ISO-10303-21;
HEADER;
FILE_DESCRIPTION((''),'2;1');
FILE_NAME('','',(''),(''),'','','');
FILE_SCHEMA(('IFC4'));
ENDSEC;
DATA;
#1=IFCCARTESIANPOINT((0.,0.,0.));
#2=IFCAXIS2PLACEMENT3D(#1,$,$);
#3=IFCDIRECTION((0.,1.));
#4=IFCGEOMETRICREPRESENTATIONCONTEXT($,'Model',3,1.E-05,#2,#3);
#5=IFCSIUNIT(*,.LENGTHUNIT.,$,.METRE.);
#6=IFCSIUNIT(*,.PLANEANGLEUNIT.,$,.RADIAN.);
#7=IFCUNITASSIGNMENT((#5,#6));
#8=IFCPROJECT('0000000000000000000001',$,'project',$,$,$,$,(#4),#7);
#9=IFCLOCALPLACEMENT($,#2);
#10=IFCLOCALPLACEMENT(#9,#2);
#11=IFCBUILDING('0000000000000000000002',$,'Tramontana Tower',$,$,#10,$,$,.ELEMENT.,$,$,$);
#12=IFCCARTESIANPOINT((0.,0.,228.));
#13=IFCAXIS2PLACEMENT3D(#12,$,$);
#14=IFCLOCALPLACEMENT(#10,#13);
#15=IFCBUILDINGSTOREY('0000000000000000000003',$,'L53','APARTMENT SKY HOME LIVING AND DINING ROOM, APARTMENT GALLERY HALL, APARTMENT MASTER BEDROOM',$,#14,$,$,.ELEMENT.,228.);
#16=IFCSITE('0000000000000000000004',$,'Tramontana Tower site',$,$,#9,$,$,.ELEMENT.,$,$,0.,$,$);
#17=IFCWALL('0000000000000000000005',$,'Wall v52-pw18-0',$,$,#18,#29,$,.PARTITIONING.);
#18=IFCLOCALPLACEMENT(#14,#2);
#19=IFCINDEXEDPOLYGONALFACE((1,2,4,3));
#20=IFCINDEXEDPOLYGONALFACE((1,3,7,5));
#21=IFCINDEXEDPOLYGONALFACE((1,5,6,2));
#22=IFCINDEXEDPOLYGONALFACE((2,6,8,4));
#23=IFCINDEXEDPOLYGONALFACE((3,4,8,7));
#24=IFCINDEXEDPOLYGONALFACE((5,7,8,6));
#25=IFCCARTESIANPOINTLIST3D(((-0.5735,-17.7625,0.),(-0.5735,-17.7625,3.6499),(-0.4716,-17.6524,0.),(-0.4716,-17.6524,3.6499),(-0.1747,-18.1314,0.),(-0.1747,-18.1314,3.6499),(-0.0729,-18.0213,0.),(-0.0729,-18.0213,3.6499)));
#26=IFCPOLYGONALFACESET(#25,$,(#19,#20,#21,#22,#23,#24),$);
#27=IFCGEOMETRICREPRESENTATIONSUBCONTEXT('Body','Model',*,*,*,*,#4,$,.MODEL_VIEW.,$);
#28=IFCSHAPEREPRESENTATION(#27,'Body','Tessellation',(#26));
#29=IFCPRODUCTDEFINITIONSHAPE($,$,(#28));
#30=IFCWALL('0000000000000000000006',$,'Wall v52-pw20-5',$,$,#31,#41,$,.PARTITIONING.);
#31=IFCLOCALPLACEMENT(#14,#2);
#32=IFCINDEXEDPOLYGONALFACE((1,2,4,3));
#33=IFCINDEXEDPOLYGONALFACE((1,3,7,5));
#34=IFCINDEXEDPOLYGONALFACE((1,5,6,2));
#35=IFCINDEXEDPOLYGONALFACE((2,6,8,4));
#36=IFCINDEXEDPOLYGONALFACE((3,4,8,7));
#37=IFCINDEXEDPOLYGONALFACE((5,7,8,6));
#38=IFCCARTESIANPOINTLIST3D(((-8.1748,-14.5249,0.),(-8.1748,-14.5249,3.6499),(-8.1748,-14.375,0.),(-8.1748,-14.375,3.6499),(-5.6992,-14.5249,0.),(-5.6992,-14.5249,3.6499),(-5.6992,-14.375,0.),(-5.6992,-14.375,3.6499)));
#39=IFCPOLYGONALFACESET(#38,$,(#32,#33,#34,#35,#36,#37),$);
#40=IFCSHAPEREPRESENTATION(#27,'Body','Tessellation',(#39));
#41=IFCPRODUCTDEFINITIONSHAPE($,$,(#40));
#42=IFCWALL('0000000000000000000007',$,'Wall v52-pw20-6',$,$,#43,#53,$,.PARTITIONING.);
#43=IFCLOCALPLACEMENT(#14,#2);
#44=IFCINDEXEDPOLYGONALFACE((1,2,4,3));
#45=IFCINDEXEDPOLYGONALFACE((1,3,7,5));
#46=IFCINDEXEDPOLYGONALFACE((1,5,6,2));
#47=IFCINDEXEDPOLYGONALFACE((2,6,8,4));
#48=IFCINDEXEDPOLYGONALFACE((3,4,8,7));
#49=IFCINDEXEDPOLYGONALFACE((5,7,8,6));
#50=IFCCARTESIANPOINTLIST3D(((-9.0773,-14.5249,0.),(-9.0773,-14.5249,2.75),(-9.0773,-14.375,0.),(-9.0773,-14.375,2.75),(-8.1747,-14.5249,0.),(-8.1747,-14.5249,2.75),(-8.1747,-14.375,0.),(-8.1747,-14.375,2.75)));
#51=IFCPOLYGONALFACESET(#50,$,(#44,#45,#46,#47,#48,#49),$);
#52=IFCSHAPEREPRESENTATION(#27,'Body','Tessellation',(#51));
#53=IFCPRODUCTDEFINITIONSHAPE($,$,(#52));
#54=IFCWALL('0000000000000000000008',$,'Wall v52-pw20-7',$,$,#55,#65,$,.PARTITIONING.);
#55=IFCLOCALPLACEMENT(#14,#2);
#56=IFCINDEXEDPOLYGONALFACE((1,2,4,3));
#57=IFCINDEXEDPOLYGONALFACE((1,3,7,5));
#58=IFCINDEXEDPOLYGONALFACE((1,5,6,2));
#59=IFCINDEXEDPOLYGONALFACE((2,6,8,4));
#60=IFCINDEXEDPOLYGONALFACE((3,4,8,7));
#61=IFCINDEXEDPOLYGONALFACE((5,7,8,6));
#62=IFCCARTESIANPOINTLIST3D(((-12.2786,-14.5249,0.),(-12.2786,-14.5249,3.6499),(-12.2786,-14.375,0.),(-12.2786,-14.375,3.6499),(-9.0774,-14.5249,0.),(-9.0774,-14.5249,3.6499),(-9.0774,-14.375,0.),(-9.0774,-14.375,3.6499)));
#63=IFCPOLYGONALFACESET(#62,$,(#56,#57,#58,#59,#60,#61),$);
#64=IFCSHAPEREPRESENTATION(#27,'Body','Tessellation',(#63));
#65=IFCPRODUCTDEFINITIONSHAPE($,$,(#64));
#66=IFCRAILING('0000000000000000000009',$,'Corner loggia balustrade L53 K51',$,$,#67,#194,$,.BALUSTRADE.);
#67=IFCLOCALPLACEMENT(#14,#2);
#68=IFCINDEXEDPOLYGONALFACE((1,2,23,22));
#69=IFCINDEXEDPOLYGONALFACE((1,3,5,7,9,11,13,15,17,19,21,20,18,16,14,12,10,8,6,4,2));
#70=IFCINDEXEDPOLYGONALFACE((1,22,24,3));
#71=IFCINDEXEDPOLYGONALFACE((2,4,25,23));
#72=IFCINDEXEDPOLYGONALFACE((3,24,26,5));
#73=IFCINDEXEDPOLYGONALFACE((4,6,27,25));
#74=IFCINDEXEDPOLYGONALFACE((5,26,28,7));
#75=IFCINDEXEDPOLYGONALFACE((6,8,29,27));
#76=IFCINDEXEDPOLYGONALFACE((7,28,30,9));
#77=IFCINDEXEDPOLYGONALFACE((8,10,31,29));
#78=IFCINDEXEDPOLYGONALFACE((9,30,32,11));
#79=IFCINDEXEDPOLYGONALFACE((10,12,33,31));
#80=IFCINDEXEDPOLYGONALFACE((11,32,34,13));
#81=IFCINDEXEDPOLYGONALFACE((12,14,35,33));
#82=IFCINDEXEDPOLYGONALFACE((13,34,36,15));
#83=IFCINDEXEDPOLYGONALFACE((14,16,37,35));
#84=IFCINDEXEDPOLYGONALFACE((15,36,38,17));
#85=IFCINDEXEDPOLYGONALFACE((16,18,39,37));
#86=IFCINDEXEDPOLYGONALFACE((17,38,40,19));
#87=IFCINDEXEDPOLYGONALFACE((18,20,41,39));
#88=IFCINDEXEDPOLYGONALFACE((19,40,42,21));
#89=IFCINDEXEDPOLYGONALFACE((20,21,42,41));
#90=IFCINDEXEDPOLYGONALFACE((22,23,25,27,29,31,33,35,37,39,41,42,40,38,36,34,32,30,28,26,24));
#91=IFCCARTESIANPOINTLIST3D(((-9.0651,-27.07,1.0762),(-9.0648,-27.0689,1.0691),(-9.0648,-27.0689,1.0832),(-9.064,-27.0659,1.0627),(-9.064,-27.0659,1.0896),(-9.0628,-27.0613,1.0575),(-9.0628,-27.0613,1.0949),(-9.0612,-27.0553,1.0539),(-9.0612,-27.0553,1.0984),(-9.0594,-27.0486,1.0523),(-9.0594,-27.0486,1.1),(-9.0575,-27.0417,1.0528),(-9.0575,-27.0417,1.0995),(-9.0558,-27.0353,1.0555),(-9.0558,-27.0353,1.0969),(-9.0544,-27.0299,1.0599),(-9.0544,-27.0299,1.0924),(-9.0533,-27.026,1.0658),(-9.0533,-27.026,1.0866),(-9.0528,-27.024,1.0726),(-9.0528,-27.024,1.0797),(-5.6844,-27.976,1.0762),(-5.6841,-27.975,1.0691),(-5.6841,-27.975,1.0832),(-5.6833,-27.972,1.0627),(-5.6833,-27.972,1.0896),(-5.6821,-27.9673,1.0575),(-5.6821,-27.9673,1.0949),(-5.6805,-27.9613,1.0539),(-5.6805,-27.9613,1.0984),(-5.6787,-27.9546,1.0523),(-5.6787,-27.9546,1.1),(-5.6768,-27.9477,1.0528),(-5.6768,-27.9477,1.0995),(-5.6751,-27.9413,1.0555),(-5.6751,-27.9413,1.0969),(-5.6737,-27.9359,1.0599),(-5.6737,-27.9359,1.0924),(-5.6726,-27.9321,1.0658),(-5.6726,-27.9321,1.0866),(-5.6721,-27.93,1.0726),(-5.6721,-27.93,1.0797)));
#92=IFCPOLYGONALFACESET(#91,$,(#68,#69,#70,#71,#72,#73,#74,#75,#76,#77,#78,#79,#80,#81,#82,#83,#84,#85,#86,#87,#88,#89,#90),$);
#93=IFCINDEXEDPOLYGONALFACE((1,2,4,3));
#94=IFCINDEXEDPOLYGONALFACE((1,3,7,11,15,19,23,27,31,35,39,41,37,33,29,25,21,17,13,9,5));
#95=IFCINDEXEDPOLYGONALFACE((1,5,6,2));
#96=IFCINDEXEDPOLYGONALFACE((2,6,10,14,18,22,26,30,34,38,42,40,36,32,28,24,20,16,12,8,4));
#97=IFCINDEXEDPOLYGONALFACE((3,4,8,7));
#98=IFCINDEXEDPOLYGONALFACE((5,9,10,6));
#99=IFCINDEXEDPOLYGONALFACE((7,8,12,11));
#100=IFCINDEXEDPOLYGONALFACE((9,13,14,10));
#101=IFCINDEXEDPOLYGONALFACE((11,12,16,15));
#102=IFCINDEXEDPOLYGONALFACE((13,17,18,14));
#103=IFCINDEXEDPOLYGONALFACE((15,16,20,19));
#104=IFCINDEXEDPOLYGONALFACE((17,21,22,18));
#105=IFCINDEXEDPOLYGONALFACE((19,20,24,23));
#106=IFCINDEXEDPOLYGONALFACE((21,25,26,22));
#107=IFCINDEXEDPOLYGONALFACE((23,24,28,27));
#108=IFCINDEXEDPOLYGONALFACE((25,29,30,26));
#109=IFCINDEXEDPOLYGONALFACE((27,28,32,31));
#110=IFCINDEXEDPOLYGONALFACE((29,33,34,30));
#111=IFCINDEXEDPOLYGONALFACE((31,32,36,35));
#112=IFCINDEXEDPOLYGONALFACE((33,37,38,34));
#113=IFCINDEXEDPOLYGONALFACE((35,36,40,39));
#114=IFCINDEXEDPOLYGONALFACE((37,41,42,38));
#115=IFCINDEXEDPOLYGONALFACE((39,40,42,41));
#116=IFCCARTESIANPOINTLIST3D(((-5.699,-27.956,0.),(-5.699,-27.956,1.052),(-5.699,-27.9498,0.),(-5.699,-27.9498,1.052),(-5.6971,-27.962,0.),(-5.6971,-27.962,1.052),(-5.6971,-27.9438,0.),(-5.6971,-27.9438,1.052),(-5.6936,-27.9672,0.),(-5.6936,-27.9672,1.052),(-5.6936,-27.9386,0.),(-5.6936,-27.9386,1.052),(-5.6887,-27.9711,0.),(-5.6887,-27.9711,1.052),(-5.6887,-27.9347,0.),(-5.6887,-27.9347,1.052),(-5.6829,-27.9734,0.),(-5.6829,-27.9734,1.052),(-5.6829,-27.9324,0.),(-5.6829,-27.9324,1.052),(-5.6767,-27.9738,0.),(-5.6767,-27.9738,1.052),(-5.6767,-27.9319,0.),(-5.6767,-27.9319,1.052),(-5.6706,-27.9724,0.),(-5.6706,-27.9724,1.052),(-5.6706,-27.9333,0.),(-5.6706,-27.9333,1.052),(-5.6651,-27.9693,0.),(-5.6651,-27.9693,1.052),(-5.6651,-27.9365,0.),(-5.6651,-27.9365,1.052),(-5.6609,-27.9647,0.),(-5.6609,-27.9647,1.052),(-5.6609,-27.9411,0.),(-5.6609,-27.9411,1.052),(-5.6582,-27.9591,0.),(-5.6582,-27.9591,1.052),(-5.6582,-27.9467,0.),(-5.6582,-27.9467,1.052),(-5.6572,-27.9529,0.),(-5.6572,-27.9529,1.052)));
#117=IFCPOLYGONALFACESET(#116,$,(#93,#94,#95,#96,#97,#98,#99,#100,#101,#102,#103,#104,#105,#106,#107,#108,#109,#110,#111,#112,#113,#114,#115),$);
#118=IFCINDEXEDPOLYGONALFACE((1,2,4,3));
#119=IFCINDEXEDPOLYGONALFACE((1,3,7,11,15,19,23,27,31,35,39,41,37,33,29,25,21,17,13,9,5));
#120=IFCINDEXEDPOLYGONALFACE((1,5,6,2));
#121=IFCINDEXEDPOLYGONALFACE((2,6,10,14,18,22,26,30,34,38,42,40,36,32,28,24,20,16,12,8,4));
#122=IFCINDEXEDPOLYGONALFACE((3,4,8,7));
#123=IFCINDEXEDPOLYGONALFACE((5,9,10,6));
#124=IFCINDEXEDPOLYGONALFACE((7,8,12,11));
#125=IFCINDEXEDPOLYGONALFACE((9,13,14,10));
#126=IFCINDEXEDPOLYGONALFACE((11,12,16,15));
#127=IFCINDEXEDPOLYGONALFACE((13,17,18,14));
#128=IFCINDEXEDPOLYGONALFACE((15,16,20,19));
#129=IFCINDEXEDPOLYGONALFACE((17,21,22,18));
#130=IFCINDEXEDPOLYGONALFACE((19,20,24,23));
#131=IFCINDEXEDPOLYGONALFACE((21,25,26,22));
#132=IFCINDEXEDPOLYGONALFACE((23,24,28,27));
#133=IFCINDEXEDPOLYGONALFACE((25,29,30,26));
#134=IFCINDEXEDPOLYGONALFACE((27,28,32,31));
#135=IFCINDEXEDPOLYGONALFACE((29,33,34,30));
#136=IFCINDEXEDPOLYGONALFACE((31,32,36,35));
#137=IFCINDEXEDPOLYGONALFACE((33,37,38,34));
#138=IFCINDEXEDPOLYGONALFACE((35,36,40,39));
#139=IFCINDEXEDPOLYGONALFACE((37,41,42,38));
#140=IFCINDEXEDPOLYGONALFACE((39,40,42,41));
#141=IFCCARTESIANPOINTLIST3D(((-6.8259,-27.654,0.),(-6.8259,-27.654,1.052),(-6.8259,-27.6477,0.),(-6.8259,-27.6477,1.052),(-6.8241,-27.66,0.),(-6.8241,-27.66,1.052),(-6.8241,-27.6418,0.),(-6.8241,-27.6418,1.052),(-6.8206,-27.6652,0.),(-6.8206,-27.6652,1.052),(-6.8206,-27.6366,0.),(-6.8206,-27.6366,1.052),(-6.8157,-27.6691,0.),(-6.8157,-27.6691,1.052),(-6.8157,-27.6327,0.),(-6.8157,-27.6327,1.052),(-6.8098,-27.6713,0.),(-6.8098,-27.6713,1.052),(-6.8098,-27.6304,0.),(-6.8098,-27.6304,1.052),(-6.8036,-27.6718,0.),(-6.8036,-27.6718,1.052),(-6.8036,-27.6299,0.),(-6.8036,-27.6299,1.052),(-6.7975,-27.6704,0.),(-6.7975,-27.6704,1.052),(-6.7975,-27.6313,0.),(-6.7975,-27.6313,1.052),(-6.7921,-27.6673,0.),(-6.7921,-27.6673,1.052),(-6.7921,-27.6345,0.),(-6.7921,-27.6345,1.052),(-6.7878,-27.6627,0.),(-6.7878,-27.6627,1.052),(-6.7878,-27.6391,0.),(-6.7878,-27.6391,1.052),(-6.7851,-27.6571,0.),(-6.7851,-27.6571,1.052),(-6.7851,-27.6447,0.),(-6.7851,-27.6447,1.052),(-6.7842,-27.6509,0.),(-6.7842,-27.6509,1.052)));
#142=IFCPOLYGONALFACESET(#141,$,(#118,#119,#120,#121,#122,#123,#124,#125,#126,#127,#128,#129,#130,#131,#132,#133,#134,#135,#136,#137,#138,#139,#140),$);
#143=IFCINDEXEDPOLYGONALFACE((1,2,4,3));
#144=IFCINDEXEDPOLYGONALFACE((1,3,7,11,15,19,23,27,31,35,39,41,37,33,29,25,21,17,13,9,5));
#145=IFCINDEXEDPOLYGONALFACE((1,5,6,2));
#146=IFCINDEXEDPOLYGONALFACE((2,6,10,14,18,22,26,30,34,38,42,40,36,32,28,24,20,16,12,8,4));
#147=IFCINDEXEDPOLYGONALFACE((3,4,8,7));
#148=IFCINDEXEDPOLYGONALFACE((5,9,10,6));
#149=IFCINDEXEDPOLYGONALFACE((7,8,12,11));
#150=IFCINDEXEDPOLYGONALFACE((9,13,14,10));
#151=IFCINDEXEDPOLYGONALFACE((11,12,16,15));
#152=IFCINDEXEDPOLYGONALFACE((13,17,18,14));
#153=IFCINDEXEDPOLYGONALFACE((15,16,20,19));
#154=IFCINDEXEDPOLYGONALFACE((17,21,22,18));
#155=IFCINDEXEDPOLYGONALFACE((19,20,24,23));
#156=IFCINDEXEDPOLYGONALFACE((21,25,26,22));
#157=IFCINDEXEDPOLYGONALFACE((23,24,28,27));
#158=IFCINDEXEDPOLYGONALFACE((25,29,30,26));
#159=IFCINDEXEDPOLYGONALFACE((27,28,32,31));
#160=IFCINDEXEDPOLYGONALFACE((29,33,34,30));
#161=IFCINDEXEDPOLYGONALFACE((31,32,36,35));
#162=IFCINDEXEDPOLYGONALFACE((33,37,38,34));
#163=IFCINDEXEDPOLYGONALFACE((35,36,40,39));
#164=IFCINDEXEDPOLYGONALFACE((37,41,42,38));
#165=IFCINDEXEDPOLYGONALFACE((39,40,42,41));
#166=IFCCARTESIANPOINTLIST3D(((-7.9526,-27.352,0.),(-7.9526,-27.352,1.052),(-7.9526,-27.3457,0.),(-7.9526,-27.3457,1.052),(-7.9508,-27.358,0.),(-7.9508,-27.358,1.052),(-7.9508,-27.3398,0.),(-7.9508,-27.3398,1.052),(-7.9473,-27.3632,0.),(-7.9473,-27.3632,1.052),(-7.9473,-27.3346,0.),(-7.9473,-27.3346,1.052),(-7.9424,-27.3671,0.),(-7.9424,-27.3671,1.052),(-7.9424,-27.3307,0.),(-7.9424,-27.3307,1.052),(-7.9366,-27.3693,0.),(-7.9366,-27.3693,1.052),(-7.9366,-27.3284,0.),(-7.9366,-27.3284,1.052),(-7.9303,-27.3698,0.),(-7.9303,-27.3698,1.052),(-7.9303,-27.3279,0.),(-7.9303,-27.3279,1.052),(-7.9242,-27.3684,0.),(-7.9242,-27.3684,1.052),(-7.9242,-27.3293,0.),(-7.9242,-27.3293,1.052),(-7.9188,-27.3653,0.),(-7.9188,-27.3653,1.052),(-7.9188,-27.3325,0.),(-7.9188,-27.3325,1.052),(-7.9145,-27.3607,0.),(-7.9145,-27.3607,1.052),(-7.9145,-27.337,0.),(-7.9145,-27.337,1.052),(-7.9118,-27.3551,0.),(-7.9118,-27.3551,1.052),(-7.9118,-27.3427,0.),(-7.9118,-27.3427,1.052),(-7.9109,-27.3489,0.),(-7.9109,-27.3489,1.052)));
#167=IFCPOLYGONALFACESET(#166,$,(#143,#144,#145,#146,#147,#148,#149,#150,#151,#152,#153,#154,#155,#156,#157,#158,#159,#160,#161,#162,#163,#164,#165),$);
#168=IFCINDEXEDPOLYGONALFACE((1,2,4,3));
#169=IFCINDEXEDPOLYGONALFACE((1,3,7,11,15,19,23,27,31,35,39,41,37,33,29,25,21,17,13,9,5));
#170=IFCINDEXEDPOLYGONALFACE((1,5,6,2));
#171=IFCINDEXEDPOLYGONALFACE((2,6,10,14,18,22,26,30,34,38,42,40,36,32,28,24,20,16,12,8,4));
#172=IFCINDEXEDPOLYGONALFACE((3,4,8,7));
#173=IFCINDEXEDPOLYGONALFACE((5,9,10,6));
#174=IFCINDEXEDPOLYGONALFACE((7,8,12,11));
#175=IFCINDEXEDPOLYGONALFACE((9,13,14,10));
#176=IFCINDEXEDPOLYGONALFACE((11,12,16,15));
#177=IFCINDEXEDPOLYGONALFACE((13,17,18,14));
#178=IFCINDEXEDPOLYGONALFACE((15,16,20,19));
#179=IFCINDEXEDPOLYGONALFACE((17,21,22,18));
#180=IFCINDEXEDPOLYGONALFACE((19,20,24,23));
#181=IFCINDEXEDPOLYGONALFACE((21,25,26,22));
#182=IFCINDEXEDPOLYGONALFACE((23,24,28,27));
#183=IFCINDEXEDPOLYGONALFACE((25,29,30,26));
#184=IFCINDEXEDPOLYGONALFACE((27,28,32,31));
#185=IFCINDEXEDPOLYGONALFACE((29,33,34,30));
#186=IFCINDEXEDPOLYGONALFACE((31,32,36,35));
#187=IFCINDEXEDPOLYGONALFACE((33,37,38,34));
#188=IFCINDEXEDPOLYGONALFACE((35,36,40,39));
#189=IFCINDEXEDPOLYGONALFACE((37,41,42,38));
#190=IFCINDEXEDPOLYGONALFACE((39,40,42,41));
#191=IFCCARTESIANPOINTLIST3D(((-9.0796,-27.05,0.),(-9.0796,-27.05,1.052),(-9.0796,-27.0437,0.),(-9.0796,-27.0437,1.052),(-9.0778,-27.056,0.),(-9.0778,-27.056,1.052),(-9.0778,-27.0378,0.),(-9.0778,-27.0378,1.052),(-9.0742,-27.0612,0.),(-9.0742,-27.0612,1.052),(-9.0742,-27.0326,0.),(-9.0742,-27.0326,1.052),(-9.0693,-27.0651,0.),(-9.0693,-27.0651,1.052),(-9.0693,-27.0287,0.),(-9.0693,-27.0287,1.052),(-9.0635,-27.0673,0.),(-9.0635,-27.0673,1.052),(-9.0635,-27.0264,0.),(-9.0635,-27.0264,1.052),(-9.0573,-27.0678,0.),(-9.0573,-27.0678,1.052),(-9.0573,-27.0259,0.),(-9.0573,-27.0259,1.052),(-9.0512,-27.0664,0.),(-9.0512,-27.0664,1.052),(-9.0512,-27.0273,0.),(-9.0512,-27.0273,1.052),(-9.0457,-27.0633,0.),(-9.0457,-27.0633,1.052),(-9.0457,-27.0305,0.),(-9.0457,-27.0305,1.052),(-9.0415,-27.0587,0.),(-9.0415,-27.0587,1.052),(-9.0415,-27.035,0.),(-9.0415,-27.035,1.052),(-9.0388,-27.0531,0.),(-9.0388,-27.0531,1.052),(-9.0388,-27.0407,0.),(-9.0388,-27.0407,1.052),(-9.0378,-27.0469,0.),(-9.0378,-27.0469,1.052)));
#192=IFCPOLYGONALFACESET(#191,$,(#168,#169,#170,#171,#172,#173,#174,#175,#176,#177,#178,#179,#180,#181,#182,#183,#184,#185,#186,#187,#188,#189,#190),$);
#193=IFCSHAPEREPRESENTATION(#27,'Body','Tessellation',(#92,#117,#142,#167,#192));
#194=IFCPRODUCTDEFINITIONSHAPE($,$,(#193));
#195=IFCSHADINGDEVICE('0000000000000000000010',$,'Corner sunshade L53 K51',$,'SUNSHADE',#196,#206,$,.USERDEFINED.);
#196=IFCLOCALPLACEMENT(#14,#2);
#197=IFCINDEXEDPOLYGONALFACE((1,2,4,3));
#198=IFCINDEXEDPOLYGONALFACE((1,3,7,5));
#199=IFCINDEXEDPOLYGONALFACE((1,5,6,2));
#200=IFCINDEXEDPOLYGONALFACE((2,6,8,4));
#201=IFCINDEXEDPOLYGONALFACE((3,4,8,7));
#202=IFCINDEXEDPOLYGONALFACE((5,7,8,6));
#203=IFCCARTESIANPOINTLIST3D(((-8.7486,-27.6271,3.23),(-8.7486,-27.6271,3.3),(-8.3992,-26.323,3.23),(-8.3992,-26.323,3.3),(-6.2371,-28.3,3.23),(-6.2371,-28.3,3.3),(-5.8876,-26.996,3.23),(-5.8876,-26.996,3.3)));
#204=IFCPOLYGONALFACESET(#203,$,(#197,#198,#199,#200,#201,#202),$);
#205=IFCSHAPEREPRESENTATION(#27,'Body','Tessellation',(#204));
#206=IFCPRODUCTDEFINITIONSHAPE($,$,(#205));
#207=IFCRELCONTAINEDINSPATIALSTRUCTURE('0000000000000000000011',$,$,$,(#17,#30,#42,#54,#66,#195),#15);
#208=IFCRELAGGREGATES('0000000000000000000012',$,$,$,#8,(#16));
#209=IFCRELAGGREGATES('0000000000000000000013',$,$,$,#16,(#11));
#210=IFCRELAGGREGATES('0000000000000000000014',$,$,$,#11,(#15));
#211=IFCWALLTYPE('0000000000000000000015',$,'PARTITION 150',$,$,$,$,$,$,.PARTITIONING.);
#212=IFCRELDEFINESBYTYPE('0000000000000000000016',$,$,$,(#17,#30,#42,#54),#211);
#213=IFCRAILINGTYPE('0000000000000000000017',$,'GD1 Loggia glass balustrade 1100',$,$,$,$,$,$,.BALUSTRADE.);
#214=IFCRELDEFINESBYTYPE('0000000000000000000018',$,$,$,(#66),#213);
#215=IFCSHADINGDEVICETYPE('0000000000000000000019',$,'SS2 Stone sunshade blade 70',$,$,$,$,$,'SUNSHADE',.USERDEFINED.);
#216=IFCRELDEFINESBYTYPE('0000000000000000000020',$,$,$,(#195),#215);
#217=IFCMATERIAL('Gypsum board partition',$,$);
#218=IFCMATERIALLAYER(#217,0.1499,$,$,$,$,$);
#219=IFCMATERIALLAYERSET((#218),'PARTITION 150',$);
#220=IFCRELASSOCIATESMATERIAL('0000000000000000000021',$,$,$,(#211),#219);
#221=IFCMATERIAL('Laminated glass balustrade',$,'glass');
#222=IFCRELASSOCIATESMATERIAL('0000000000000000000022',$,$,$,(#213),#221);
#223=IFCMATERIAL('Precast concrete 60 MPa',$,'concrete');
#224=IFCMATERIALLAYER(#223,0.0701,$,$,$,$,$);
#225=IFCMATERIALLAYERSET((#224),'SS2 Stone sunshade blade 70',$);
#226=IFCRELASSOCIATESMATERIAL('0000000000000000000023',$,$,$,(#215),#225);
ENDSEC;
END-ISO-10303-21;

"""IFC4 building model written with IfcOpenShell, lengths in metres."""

from ifc_helpers import new_model, si_unit, direction, frame, frame_2d, origin, origin_2d, place, context, subcontext, project, spatial, rectangle, circle, extrude, material, layer, layer_set, type_object, element, save


model = new_model("IFC4")

# Units and contexts
model_context = context("Model", 3, precision=1e-05, world=origin(), true_north=direction((0.0, 1.0)))
body_context = subcontext(model_context, "Body", "Model", "MODEL_VIEW")
ifc_project = project(units=[si_unit("LENGTHUNIT", "METRE"), si_unit("PLANEANGLEUNIT", "RADIAN")], contexts=[model_context])

# Site, building, storey
site_placement = place(None, origin())
site = spatial("IfcSite", under=ifc_project, at=site_placement, Name="Tramontana Tower site", CompositionType="ELEMENT", RefElevation=0.0)
building_placement = place(site_placement, origin())
building = spatial("IfcBuilding", under=site, at=building_placement, Name="Tramontana Tower", CompositionType="ELEMENT")
storey_placement = place(building_placement, frame((0.0, 0.0, 228.0)))
storey = spatial("IfcBuildingStorey", under=building, at=storey_placement, Name="L53", Description="APARTMENT SKY HOME LIVING AND DINING ROOM, APARTMENT GALLERY HALL, APARTMENT MASTER BEDROOM", CompositionType="ELEMENT", Elevation=228.0)

# Walls
ifc_material_1 = material(Name="Gypsum board partition")
ifc_layer_1 = layer(ifc_material_1, 0.1499)
ifc_layer_set_1 = layer_set([ifc_layer_1], Name="PARTITION 150")
wall_type_1 = type_object("IfcWallType", Name="PARTITION 150", PredefinedType="PARTITIONING", material=ifc_layer_set_1)
wall_1_placement = place(storey_placement, frame((-0.5225, -17.7075, 0.0), z_axis=(0.0, 0.0, 1.0), x_axis=(0.733993, -0.679157, 0.0)))
element("IfcWall", 1, at=wall_1_placement, inside=storey, type_object=wall_type_1, Name="Wall v52-pw18-0", PredefinedType="PARTITIONING", context=body_context, shape_type="SweptSolid", body=[
    extrude(rectangle(XDim=0.5432, YDim=0.1499, at=frame_2d((0.2715, 0.0))), origin(), (0.0, 0.0, 1.0), 3.6499),
])
wall_2_placement = place(storey_placement, frame((-5.6992, -14.45, 0.0), z_axis=(0.0, 0.0, 1.0), x_axis=(-1.0, 0.0, 0.0)))
element("IfcWall", 2, at=wall_2_placement, inside=storey, type_object=wall_type_1, Name="Wall v52-pw20-5", PredefinedType="PARTITIONING", context=body_context, shape_type="SweptSolid", body=[
    extrude(rectangle(XDim=2.4756, YDim=0.1499, at=frame_2d((1.2378, 0.0))), origin(), (0.0, 0.0, 1.0), 3.6499),
])
wall_3_placement = place(storey_placement, frame((-8.1748, -14.45, 0.0), z_axis=(0.0, 0.0, 1.0), x_axis=(-1.0, 0.0, 0.0)))
element("IfcWall", 3, at=wall_3_placement, inside=storey, type_object=wall_type_1, Name="Wall v52-pw20-6", PredefinedType="PARTITIONING", context=body_context, shape_type="SweptSolid", body=[
    extrude(rectangle(XDim=0.9026, YDim=0.1499, at=frame_2d((0.4512, 0.0))), origin(), (0.0, 0.0, 1.0), 2.75),
])
wall_4_placement = place(storey_placement, frame((-9.0774, -14.45, 0.0), z_axis=(0.0, 0.0, 1.0), x_axis=(-1.0, 0.0, 0.0)))
element("IfcWall", 4, at=wall_4_placement, inside=storey, type_object=wall_type_1, Name="Wall v52-pw20-7", PredefinedType="PARTITIONING", context=body_context, shape_type="SweptSolid", body=[
    extrude(rectangle(XDim=3.2012, YDim=0.1499, at=frame_2d((1.6006, 0.0))), origin(), (0.0, 0.0, 1.0), 3.6499),
])

# Railing
ifc_material_2 = material(Name="Laminated glass balustrade", Category="glass")
railing_type = type_object("IfcRailingType", Name="GD1 Loggia glass balustrade 1100", PredefinedType="BALUSTRADE", material=ifc_material_2)
railing_placement = place(storey_placement, frame((-5.6782, -27.9529, 0.0)))
element("IfcRailing", 5, at=railing_placement, inside=storey, type_object=railing_type, Name="Corner loggia balustrade L53 K51", PredefinedType="BALUSTRADE", context=body_context, shape_type="SweptSolid", body=[
    extrude(circle(Radius=0.0239, at=origin_2d()), frame((0.0, 0.0, 1.0762), z_axis=(-0.965913, 0.258865, 0.0), x_axis=(-0.258865, -0.965913, 0.0)), (0.0, 0.0, 1.0), 3.5),
    extrude(circle(Radius=0.021, at=origin_2d()), origin(), (0.0, 0.0, 1.0), 1.052),
    extrude(circle(Radius=0.021, at=origin_2d()), frame((-1.127, 0.302, 0.0)), (0.0, 0.0, 1.0), 1.052),
    extrude(circle(Radius=0.021, at=origin_2d()), frame((-2.2537, 0.604, 0.0)), (0.0, 0.0, 1.0), 1.052),
    extrude(circle(Radius=0.021, at=origin_2d()), frame((-3.3806, 0.906, 0.0)), (0.0, 0.0, 1.0), 1.052),
])

# Shading device
ifc_material_3 = material(Name="Precast concrete 60 MPa", Category="concrete")
ifc_layer_2 = layer(ifc_material_3, 0.0701)
ifc_layer_set_2 = layer_set([ifc_layer_2], Name="SS2 Stone sunshade blade 70")
shading_device_type = type_object("IfcShadingDeviceType", Name="SS2 Stone sunshade blade 70", ElementType="SUNSHADE", PredefinedType="USERDEFINED", material=ifc_layer_set_2)
shading_device_placement = place(storey_placement, frame((-7.3181, -27.3115, 3.23), z_axis=(0.0, 0.0, 1.0), x_axis=(-0.965926, 0.258819, 0.0)))
element("IfcShadingDevice", 6, at=shading_device_placement, inside=storey, type_object=shading_device_type, Name="Corner sunshade L53 K51", ObjectType="SUNSHADE", PredefinedType="USERDEFINED", context=body_context, shape_type="SweptSolid", body=[
    extrude(rectangle(XDim=2.6001, YDim=1.3501, at=origin_2d()), origin(), (0.0, 0.0, 1.0), 0.0701),
])

save(model, "model.ifc")
